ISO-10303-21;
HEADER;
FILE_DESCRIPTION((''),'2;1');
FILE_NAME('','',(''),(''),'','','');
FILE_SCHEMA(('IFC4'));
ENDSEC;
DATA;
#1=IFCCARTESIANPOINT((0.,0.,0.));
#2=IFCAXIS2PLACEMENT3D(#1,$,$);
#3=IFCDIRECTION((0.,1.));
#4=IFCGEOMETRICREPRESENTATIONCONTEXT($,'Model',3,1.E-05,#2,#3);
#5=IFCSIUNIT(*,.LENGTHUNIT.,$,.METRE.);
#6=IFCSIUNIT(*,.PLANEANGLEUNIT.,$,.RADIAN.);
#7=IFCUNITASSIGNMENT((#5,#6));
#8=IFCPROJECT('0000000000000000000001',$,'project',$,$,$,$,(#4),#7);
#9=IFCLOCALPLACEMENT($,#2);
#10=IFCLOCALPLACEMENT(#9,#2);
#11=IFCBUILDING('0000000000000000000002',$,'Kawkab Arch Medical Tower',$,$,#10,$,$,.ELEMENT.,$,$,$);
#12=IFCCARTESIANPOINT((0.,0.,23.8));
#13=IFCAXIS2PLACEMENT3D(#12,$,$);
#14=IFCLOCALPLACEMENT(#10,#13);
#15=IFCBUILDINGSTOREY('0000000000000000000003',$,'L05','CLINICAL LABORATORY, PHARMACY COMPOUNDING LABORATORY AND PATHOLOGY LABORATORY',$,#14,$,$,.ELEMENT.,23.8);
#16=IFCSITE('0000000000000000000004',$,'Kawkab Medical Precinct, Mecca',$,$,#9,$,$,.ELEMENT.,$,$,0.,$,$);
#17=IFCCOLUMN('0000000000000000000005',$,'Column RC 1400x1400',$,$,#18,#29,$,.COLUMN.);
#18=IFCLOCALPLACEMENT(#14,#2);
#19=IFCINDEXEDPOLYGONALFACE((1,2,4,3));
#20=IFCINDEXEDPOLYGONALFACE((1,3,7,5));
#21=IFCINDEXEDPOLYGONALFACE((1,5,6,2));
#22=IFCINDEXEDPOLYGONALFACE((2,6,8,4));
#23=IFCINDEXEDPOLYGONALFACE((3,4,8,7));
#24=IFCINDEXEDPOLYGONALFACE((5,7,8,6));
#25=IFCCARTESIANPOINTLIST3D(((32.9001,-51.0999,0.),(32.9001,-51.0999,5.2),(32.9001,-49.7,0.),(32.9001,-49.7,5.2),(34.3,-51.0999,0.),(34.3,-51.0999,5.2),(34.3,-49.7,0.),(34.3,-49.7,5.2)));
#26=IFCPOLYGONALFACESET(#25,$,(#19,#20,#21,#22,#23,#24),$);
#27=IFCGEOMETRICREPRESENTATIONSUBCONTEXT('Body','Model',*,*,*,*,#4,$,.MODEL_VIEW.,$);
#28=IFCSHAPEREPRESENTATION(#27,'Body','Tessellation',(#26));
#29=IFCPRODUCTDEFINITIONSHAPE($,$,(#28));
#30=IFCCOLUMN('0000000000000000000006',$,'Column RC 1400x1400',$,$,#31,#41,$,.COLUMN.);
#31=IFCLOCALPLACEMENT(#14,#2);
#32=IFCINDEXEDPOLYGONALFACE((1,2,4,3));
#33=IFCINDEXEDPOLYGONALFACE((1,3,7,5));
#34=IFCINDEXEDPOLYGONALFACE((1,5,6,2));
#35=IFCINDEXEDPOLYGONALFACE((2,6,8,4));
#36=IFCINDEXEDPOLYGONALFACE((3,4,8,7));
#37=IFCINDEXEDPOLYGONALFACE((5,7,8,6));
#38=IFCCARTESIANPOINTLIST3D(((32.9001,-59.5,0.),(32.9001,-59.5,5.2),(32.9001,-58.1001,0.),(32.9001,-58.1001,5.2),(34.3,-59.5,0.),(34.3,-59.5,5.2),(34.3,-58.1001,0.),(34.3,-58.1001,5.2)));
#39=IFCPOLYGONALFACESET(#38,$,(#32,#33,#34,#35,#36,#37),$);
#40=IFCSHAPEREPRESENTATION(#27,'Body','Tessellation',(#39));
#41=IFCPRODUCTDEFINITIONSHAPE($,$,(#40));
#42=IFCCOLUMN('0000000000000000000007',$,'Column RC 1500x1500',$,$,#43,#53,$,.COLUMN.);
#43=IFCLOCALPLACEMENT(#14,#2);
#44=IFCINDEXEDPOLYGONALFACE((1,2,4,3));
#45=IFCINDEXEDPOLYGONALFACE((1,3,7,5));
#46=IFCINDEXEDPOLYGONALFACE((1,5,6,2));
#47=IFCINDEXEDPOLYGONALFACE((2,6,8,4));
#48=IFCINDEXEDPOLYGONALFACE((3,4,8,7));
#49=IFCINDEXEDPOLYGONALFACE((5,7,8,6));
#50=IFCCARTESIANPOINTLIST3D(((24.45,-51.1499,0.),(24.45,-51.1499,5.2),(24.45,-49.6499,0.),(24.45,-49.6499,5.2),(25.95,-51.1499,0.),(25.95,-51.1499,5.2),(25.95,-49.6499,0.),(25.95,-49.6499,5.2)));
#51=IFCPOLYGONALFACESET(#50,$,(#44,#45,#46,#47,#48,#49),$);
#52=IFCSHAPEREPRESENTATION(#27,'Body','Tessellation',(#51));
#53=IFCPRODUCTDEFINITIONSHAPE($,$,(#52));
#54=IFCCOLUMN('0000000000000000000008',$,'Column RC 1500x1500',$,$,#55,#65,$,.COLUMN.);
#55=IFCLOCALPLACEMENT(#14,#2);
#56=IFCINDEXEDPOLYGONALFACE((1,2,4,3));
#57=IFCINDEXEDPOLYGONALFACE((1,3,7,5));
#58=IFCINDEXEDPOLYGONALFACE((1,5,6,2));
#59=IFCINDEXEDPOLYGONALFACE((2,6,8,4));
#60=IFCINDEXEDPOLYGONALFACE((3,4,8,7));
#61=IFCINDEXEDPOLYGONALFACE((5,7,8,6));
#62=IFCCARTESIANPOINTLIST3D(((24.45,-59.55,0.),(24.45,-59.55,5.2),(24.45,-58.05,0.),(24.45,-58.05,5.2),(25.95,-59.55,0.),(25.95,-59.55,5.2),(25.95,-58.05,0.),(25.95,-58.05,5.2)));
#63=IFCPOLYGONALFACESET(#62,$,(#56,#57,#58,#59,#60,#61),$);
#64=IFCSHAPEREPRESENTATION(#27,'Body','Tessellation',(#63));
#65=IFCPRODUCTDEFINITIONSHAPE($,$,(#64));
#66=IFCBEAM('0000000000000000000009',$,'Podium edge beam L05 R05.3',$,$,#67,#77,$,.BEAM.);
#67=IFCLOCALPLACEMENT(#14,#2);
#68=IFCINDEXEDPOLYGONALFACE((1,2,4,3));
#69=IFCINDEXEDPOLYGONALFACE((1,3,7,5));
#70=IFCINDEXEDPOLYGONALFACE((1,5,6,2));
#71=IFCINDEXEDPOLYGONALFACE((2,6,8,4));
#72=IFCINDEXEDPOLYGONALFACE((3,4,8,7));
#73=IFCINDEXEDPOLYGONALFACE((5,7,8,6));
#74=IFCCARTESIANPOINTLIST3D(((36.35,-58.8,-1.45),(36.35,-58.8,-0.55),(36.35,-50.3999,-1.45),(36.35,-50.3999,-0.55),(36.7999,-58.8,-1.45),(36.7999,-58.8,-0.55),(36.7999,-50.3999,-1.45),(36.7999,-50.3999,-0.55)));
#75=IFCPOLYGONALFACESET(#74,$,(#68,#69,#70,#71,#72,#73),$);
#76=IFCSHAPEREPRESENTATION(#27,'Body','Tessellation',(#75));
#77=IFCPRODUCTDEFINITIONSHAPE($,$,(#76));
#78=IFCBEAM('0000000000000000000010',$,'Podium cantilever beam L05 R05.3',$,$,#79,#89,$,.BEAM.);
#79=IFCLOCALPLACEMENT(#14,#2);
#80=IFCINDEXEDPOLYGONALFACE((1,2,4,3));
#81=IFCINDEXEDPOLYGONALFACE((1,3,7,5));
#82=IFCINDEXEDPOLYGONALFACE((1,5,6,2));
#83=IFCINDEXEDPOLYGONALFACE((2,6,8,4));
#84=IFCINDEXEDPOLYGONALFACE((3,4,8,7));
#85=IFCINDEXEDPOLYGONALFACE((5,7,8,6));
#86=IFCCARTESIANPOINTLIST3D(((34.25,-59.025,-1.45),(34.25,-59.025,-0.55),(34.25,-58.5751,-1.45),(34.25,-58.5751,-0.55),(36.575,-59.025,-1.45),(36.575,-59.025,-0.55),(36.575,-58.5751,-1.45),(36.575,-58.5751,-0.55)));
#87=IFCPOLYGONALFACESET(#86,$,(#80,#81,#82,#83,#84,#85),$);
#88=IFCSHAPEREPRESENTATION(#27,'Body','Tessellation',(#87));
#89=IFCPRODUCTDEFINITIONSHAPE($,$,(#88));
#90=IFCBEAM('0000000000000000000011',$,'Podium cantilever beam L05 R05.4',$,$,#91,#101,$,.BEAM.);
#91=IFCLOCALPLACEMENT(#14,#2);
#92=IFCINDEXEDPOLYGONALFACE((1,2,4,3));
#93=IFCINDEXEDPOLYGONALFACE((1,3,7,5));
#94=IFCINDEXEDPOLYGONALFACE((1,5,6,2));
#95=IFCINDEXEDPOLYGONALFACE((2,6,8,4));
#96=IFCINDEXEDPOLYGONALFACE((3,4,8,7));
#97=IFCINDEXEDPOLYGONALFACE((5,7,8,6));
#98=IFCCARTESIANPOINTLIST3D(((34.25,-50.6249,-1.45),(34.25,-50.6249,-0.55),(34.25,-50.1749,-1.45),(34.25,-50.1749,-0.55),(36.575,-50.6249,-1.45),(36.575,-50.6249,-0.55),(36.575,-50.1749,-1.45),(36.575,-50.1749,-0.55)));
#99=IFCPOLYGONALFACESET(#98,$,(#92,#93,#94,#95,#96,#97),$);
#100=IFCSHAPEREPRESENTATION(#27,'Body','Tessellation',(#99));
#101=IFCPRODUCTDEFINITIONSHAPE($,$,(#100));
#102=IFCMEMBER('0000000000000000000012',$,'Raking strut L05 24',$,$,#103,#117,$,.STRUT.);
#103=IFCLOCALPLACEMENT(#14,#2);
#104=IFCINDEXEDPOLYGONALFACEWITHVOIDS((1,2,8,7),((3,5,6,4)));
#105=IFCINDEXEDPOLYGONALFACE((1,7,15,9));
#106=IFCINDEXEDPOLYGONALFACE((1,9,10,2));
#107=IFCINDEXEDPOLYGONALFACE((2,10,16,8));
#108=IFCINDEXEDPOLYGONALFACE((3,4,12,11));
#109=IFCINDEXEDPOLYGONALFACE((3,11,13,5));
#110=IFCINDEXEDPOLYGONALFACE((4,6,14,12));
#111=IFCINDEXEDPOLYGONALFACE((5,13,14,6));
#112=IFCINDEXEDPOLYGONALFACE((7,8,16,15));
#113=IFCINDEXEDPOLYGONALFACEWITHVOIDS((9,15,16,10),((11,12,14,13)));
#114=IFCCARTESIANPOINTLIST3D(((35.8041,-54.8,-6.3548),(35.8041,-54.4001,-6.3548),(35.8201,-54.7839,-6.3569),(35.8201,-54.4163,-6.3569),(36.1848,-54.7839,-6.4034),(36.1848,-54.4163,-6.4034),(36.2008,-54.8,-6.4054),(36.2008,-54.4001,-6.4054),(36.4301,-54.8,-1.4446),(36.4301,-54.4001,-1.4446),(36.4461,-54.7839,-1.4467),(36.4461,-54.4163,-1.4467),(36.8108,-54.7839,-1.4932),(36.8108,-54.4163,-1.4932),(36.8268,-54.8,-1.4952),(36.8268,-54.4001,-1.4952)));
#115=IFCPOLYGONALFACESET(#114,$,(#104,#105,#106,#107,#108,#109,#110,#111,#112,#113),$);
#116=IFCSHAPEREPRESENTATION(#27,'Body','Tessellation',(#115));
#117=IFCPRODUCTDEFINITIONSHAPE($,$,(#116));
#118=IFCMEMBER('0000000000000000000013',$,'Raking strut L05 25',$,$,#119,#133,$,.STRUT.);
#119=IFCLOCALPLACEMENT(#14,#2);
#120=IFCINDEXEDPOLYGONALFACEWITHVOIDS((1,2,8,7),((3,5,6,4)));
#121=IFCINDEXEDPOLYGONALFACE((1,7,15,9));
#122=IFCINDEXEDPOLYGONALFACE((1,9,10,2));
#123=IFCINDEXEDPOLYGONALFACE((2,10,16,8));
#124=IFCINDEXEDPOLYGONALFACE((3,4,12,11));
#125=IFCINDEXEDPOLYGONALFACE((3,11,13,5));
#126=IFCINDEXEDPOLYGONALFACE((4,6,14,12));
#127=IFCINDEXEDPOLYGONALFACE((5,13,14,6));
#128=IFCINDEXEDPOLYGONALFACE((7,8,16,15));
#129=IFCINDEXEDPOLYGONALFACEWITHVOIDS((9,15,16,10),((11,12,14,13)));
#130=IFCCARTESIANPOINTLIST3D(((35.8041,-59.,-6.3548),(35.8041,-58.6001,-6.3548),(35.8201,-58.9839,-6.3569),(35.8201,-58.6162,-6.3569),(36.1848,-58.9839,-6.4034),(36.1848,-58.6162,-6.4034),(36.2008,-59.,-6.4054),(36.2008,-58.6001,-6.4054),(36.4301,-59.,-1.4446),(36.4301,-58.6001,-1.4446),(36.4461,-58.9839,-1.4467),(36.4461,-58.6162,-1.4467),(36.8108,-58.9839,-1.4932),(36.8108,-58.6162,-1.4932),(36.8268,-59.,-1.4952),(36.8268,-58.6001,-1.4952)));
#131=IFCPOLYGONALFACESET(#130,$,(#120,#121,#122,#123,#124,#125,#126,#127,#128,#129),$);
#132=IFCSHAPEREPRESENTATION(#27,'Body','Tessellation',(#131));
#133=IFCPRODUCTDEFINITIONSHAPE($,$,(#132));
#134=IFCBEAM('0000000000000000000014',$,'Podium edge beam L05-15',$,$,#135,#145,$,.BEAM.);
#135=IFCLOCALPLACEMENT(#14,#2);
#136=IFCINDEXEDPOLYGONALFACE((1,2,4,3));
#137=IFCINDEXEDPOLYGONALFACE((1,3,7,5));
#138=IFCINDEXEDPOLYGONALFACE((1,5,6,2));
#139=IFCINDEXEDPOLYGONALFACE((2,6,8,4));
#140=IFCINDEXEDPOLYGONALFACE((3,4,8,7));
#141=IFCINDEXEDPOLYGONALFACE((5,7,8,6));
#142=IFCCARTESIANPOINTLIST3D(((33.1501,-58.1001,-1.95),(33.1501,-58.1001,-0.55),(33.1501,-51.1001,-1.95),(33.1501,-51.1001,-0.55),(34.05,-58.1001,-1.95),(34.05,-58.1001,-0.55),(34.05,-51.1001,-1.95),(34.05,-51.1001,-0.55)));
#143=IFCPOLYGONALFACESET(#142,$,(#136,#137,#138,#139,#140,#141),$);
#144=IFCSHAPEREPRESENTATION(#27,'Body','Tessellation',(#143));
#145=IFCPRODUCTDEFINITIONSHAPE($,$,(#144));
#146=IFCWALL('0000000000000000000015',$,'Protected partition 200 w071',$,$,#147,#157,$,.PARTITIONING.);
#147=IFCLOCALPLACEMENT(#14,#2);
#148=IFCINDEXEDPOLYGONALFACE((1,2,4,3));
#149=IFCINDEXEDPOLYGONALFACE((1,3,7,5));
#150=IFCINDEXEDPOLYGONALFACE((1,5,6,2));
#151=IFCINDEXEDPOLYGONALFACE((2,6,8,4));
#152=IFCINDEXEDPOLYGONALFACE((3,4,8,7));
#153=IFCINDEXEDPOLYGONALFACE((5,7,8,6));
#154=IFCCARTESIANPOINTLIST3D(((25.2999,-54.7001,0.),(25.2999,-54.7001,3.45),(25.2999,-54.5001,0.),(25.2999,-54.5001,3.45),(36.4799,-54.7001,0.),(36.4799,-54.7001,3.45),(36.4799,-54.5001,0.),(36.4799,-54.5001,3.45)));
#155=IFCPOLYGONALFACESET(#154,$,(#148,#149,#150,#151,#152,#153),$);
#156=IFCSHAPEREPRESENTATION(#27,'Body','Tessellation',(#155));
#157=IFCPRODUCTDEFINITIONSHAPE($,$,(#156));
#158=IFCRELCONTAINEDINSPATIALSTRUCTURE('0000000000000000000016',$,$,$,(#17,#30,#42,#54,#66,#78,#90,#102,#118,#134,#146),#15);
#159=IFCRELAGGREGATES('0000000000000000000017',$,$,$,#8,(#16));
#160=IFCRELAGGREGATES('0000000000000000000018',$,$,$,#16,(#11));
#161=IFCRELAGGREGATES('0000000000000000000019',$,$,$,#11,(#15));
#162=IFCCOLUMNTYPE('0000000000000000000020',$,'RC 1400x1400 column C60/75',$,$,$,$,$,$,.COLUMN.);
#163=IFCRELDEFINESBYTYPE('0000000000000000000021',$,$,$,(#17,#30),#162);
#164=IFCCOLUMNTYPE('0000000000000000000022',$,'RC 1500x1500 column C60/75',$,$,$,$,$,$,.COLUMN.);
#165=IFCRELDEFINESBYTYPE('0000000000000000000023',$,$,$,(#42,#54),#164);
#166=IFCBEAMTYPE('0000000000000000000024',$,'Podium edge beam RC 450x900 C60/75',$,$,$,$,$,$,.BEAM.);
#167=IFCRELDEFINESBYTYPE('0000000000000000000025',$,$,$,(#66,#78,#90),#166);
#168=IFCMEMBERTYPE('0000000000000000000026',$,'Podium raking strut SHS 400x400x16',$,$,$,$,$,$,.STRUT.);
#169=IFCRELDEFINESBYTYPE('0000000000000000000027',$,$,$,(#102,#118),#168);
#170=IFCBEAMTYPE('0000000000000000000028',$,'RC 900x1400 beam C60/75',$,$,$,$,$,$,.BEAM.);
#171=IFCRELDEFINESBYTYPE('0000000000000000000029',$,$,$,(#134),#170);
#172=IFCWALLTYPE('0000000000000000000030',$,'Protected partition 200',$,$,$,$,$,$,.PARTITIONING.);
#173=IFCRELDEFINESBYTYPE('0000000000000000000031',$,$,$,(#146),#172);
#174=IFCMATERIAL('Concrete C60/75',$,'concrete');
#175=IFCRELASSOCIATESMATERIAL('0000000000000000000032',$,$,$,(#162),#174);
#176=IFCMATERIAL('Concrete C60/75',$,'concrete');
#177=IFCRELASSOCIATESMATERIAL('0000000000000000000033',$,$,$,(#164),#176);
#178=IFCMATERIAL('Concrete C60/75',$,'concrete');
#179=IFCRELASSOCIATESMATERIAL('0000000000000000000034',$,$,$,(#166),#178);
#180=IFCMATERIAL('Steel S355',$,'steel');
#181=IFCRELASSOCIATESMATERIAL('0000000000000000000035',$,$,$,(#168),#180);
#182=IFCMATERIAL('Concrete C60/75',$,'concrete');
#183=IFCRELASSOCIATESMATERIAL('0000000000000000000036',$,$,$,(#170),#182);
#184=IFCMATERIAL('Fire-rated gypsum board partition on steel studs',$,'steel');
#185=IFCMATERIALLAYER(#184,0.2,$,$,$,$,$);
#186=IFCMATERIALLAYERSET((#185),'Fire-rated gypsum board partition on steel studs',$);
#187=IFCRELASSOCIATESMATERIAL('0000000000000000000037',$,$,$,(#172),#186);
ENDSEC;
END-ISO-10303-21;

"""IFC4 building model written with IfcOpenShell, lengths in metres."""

from ifc_helpers import new_model, si_unit, direction, frame, frame_2d, origin, origin_2d, place, context, subcontext, project, spatial, rectangle, hollow_rectangle, extrude, material, layer, layer_set, material_profile, profile_set, type_object, element, save


model = new_model("IFC4")

# Units and contexts
model_context = context("Model", 3, precision=1e-05, world=origin(), true_north=direction((0.0, 1.0)))
body_context = subcontext(model_context, "Body", "Model", "MODEL_VIEW")
ifc_project = project(units=[si_unit("LENGTHUNIT", "METRE"), si_unit("PLANEANGLEUNIT", "RADIAN")], contexts=[model_context])

# Site, building, storey
site_placement = place(None, origin())
site = spatial("IfcSite", under=ifc_project, at=site_placement, Name="Kawkab Medical Precinct, Mecca", CompositionType="ELEMENT", RefElevation=0.0)
building_placement = place(site_placement, origin())
building = spatial("IfcBuilding", under=site, at=building_placement, Name="Kawkab Arch Medical Tower", CompositionType="ELEMENT")
storey_placement = place(building_placement, frame((0.0, 0.0, 23.8)))
storey = spatial("IfcBuildingStorey", under=building, at=storey_placement, Name="L05", Description="CLINICAL LABORATORY, PHARMACY COMPOUNDING LABORATORY AND PATHOLOGY LABORATORY", CompositionType="ELEMENT", Elevation=23.8)

# Columns
ifc_material_1 = material(Name="Concrete C60/75", Category="concrete")
ifc_material_profile_1 = material_profile(ifc_material_1, rectangle(XDim=1.3999, YDim=1.3999, at=origin_2d()), Name="RC 1400x1400")
ifc_profile_set_1 = profile_set([ifc_material_profile_1], Name="Concrete C60/75")
column_type_1 = type_object("IfcColumnType", Name="RC 1400x1400 column C60/75", PredefinedType="COLUMN", material=ifc_profile_set_1)
for number, where, z_axis, x_axis, name in (
    (1, (33.6001, -50.3999, 0.0), (0.0, 0.0, 1.0), (1.0, 0.0, 0.0), "Column RC 1400x1400"),
    (2, (33.6001, -58.8, 0.0), (0.0, 0.0, 1.0), (1.0, 0.0, 0.0), "Column RC 1400x1400"),
):
    element("IfcColumn", number, at=place(storey_placement, frame(where, z_axis=z_axis, x_axis=x_axis)), inside=storey, type_object=column_type_1, Name=name, PredefinedType="COLUMN", context=body_context, shape_type="SweptSolid", body=[
        extrude(rectangle(XDim=1.3999, YDim=1.3999, at=origin_2d()), origin(), (0.0, 0.0, 1.0), 5.2),
    ])
ifc_material_2 = material(Name="Concrete C60/75", Category="concrete")
ifc_material_profile_2 = material_profile(ifc_material_2, rectangle(XDim=1.5, YDim=1.5, at=origin_2d()), Name="RC 1500x1500")
ifc_profile_set_2 = profile_set([ifc_material_profile_2], Name="Concrete C60/75")
column_type_2 = type_object("IfcColumnType", Name="RC 1500x1500 column C60/75", PredefinedType="COLUMN", material=ifc_profile_set_2)
for number, where, z_axis, x_axis, name in (
    (3, (25.2, -50.3999, 0.0), (0.0, 0.0, 1.0), (1.0, 0.0, 0.0), "Column RC 1500x1500"),
    (4, (25.2, -58.8, 0.0), (0.0, 0.0, 1.0), (1.0, 0.0, 0.0), "Column RC 1500x1500"),
):
    element("IfcColumn", number, at=place(storey_placement, frame(where, z_axis=z_axis, x_axis=x_axis)), inside=storey, type_object=column_type_2, Name=name, PredefinedType="COLUMN", context=body_context, shape_type="SweptSolid", body=[
        extrude(rectangle(XDim=1.5, YDim=1.5, at=origin_2d()), origin(), (0.0, 0.0, 1.0), 5.2),
    ])

# Beams
ifc_material_3 = material(Name="Concrete C60/75", Category="concrete")
ifc_material_profile_3 = material_profile(ifc_material_3, rectangle(XDim=0.45, YDim=0.8999, at=origin_2d()), Name="RC 450x900")
ifc_profile_set_3 = profile_set([ifc_material_profile_3], Name="Concrete C60/75")
beam_type_1 = type_object("IfcBeamType", Name="Podium edge beam RC 450x900 C60/75", PredefinedType="BEAM", material=ifc_profile_set_3)
beam_1_placement = place(storey_placement, frame((36.575, -58.8, -1.0), z_axis=(0.0, 1.0, 0.0), x_axis=(-1.0, 0.0, 0.0)))
element("IfcBeam", 5, at=beam_1_placement, inside=storey, type_object=beam_type_1, Name="Podium edge beam L05 R05.3", PredefinedType="BEAM", context=body_context, shape_type="SweptSolid", body=[
    extrude(rectangle(XDim=0.45, YDim=0.8999, at=origin_2d()), origin(), (0.0, 0.0, 1.0), 8.4001),
])
for number, where, z_axis, x_axis, name in (
    (6, (34.25, -58.8, -1.0), (1.0, 0.0, 0.0), (0.0, 1.0, 0.0), "Podium cantilever beam L05 R05.3"),
    (7, (34.25, -50.3999, -1.0), (1.0, 0.0, 0.0), (0.0, 1.0, 0.0), "Podium cantilever beam L05 R05.4"),
):
    element("IfcBeam", number, at=place(storey_placement, frame(where, z_axis=z_axis, x_axis=x_axis)), inside=storey, type_object=beam_type_1, Name=name, PredefinedType="BEAM", context=body_context, shape_type="SweptSolid", body=[
        extrude(rectangle(XDim=0.45, YDim=0.8999, at=origin_2d()), origin(), (0.0, 0.0, 1.0), 2.325),
    ])

# Members
ifc_material_4 = material(Name="Steel S355", Category="steel")
ifc_material_profile_4 = material_profile(ifc_material_4, hollow_rectangle(XDim=0.3999, YDim=0.3999, WallThickness=0.0161, at=origin_2d()), Name="SHS 400x400x16")
ifc_profile_set_4 = profile_set([ifc_material_profile_4], Name="Steel S355")
member_type = type_object("IfcMemberType", Name="Podium raking strut SHS 400x400x16", PredefinedType="STRUT", material=ifc_profile_set_4)
for number, where, z_axis, x_axis, name in (
    (8, (36.0024, -54.6001, -6.3801), (0.126463, 0.0, 0.991971), (0.0, 1.0, 0.0), "Raking strut L05 24"),
    (9, (36.0024, -58.8, -6.3801), (0.126463, 0.0, 0.991971), (0.0, 1.0, 0.0), "Raking strut L05 25"),
):
    element("IfcMember", number, at=place(storey_placement, frame(where, z_axis=z_axis, x_axis=x_axis)), inside=storey, type_object=member_type, Name=name, PredefinedType="STRUT", context=body_context, shape_type="SweptSolid", body=[
        extrude(hollow_rectangle(XDim=0.3999, YDim=0.3999, WallThickness=0.0161, at=origin_2d()), origin(), (0.0, 0.0, 1.0), 4.95),
    ])

# Beam
ifc_material_5 = material(Name="Concrete C60/75", Category="concrete")
ifc_material_profile_5 = material_profile(ifc_material_5, rectangle(XDim=0.8999, YDim=1.3999, at=origin_2d()), Name="RC 900x1400")
ifc_profile_set_5 = profile_set([ifc_material_profile_5], Name="Concrete C60/75")
beam_type_2 = type_object("IfcBeamType", Name="RC 900x1400 beam C60/75", PredefinedType="BEAM", material=ifc_profile_set_5)
beam_2_placement = place(storey_placement, frame((33.6001, -58.1001, -1.25), z_axis=(0.0, 1.0, 0.0), x_axis=(-1.0, 0.0, 0.0)))
element("IfcBeam", 10, at=beam_2_placement, inside=storey, type_object=beam_type_2, Name="Podium edge beam L05-15", PredefinedType="BEAM", context=body_context, shape_type="SweptSolid", body=[
    extrude(rectangle(XDim=0.8999, YDim=1.3999, at=origin_2d()), origin(), (0.0, 0.0, 1.0), 7.0),
])

# Wall
ifc_material_6 = material(Name="Fire-rated gypsum board partition on steel studs", Category="steel")
ifc_layer = layer(ifc_material_6, 0.2)
ifc_layer_set = layer_set([ifc_layer], Name="Fire-rated gypsum board partition on steel studs")
wall_type = type_object("IfcWallType", Name="Protected partition 200", PredefinedType="PARTITIONING", material=ifc_layer_set)
wall_1_placement = place(storey_placement, frame((25.3, -54.6001, 0.0), z_axis=(0.0, 0.0, 1.0), x_axis=(1.0, 0.0, 0.0)))
element("IfcWall", 11, at=wall_1_placement, inside=storey, type_object=wall_type, Name="Protected partition 200 w071", PredefinedType="PARTITIONING", context=body_context, shape_type="SweptSolid", body=[
    extrude(rectangle(XDim=11.1799, YDim=0.2, at=frame_2d((5.5898, 0.0))), origin(), (0.0, 0.0, 1.0), 3.45),
])

save(model, "model.ifc")
